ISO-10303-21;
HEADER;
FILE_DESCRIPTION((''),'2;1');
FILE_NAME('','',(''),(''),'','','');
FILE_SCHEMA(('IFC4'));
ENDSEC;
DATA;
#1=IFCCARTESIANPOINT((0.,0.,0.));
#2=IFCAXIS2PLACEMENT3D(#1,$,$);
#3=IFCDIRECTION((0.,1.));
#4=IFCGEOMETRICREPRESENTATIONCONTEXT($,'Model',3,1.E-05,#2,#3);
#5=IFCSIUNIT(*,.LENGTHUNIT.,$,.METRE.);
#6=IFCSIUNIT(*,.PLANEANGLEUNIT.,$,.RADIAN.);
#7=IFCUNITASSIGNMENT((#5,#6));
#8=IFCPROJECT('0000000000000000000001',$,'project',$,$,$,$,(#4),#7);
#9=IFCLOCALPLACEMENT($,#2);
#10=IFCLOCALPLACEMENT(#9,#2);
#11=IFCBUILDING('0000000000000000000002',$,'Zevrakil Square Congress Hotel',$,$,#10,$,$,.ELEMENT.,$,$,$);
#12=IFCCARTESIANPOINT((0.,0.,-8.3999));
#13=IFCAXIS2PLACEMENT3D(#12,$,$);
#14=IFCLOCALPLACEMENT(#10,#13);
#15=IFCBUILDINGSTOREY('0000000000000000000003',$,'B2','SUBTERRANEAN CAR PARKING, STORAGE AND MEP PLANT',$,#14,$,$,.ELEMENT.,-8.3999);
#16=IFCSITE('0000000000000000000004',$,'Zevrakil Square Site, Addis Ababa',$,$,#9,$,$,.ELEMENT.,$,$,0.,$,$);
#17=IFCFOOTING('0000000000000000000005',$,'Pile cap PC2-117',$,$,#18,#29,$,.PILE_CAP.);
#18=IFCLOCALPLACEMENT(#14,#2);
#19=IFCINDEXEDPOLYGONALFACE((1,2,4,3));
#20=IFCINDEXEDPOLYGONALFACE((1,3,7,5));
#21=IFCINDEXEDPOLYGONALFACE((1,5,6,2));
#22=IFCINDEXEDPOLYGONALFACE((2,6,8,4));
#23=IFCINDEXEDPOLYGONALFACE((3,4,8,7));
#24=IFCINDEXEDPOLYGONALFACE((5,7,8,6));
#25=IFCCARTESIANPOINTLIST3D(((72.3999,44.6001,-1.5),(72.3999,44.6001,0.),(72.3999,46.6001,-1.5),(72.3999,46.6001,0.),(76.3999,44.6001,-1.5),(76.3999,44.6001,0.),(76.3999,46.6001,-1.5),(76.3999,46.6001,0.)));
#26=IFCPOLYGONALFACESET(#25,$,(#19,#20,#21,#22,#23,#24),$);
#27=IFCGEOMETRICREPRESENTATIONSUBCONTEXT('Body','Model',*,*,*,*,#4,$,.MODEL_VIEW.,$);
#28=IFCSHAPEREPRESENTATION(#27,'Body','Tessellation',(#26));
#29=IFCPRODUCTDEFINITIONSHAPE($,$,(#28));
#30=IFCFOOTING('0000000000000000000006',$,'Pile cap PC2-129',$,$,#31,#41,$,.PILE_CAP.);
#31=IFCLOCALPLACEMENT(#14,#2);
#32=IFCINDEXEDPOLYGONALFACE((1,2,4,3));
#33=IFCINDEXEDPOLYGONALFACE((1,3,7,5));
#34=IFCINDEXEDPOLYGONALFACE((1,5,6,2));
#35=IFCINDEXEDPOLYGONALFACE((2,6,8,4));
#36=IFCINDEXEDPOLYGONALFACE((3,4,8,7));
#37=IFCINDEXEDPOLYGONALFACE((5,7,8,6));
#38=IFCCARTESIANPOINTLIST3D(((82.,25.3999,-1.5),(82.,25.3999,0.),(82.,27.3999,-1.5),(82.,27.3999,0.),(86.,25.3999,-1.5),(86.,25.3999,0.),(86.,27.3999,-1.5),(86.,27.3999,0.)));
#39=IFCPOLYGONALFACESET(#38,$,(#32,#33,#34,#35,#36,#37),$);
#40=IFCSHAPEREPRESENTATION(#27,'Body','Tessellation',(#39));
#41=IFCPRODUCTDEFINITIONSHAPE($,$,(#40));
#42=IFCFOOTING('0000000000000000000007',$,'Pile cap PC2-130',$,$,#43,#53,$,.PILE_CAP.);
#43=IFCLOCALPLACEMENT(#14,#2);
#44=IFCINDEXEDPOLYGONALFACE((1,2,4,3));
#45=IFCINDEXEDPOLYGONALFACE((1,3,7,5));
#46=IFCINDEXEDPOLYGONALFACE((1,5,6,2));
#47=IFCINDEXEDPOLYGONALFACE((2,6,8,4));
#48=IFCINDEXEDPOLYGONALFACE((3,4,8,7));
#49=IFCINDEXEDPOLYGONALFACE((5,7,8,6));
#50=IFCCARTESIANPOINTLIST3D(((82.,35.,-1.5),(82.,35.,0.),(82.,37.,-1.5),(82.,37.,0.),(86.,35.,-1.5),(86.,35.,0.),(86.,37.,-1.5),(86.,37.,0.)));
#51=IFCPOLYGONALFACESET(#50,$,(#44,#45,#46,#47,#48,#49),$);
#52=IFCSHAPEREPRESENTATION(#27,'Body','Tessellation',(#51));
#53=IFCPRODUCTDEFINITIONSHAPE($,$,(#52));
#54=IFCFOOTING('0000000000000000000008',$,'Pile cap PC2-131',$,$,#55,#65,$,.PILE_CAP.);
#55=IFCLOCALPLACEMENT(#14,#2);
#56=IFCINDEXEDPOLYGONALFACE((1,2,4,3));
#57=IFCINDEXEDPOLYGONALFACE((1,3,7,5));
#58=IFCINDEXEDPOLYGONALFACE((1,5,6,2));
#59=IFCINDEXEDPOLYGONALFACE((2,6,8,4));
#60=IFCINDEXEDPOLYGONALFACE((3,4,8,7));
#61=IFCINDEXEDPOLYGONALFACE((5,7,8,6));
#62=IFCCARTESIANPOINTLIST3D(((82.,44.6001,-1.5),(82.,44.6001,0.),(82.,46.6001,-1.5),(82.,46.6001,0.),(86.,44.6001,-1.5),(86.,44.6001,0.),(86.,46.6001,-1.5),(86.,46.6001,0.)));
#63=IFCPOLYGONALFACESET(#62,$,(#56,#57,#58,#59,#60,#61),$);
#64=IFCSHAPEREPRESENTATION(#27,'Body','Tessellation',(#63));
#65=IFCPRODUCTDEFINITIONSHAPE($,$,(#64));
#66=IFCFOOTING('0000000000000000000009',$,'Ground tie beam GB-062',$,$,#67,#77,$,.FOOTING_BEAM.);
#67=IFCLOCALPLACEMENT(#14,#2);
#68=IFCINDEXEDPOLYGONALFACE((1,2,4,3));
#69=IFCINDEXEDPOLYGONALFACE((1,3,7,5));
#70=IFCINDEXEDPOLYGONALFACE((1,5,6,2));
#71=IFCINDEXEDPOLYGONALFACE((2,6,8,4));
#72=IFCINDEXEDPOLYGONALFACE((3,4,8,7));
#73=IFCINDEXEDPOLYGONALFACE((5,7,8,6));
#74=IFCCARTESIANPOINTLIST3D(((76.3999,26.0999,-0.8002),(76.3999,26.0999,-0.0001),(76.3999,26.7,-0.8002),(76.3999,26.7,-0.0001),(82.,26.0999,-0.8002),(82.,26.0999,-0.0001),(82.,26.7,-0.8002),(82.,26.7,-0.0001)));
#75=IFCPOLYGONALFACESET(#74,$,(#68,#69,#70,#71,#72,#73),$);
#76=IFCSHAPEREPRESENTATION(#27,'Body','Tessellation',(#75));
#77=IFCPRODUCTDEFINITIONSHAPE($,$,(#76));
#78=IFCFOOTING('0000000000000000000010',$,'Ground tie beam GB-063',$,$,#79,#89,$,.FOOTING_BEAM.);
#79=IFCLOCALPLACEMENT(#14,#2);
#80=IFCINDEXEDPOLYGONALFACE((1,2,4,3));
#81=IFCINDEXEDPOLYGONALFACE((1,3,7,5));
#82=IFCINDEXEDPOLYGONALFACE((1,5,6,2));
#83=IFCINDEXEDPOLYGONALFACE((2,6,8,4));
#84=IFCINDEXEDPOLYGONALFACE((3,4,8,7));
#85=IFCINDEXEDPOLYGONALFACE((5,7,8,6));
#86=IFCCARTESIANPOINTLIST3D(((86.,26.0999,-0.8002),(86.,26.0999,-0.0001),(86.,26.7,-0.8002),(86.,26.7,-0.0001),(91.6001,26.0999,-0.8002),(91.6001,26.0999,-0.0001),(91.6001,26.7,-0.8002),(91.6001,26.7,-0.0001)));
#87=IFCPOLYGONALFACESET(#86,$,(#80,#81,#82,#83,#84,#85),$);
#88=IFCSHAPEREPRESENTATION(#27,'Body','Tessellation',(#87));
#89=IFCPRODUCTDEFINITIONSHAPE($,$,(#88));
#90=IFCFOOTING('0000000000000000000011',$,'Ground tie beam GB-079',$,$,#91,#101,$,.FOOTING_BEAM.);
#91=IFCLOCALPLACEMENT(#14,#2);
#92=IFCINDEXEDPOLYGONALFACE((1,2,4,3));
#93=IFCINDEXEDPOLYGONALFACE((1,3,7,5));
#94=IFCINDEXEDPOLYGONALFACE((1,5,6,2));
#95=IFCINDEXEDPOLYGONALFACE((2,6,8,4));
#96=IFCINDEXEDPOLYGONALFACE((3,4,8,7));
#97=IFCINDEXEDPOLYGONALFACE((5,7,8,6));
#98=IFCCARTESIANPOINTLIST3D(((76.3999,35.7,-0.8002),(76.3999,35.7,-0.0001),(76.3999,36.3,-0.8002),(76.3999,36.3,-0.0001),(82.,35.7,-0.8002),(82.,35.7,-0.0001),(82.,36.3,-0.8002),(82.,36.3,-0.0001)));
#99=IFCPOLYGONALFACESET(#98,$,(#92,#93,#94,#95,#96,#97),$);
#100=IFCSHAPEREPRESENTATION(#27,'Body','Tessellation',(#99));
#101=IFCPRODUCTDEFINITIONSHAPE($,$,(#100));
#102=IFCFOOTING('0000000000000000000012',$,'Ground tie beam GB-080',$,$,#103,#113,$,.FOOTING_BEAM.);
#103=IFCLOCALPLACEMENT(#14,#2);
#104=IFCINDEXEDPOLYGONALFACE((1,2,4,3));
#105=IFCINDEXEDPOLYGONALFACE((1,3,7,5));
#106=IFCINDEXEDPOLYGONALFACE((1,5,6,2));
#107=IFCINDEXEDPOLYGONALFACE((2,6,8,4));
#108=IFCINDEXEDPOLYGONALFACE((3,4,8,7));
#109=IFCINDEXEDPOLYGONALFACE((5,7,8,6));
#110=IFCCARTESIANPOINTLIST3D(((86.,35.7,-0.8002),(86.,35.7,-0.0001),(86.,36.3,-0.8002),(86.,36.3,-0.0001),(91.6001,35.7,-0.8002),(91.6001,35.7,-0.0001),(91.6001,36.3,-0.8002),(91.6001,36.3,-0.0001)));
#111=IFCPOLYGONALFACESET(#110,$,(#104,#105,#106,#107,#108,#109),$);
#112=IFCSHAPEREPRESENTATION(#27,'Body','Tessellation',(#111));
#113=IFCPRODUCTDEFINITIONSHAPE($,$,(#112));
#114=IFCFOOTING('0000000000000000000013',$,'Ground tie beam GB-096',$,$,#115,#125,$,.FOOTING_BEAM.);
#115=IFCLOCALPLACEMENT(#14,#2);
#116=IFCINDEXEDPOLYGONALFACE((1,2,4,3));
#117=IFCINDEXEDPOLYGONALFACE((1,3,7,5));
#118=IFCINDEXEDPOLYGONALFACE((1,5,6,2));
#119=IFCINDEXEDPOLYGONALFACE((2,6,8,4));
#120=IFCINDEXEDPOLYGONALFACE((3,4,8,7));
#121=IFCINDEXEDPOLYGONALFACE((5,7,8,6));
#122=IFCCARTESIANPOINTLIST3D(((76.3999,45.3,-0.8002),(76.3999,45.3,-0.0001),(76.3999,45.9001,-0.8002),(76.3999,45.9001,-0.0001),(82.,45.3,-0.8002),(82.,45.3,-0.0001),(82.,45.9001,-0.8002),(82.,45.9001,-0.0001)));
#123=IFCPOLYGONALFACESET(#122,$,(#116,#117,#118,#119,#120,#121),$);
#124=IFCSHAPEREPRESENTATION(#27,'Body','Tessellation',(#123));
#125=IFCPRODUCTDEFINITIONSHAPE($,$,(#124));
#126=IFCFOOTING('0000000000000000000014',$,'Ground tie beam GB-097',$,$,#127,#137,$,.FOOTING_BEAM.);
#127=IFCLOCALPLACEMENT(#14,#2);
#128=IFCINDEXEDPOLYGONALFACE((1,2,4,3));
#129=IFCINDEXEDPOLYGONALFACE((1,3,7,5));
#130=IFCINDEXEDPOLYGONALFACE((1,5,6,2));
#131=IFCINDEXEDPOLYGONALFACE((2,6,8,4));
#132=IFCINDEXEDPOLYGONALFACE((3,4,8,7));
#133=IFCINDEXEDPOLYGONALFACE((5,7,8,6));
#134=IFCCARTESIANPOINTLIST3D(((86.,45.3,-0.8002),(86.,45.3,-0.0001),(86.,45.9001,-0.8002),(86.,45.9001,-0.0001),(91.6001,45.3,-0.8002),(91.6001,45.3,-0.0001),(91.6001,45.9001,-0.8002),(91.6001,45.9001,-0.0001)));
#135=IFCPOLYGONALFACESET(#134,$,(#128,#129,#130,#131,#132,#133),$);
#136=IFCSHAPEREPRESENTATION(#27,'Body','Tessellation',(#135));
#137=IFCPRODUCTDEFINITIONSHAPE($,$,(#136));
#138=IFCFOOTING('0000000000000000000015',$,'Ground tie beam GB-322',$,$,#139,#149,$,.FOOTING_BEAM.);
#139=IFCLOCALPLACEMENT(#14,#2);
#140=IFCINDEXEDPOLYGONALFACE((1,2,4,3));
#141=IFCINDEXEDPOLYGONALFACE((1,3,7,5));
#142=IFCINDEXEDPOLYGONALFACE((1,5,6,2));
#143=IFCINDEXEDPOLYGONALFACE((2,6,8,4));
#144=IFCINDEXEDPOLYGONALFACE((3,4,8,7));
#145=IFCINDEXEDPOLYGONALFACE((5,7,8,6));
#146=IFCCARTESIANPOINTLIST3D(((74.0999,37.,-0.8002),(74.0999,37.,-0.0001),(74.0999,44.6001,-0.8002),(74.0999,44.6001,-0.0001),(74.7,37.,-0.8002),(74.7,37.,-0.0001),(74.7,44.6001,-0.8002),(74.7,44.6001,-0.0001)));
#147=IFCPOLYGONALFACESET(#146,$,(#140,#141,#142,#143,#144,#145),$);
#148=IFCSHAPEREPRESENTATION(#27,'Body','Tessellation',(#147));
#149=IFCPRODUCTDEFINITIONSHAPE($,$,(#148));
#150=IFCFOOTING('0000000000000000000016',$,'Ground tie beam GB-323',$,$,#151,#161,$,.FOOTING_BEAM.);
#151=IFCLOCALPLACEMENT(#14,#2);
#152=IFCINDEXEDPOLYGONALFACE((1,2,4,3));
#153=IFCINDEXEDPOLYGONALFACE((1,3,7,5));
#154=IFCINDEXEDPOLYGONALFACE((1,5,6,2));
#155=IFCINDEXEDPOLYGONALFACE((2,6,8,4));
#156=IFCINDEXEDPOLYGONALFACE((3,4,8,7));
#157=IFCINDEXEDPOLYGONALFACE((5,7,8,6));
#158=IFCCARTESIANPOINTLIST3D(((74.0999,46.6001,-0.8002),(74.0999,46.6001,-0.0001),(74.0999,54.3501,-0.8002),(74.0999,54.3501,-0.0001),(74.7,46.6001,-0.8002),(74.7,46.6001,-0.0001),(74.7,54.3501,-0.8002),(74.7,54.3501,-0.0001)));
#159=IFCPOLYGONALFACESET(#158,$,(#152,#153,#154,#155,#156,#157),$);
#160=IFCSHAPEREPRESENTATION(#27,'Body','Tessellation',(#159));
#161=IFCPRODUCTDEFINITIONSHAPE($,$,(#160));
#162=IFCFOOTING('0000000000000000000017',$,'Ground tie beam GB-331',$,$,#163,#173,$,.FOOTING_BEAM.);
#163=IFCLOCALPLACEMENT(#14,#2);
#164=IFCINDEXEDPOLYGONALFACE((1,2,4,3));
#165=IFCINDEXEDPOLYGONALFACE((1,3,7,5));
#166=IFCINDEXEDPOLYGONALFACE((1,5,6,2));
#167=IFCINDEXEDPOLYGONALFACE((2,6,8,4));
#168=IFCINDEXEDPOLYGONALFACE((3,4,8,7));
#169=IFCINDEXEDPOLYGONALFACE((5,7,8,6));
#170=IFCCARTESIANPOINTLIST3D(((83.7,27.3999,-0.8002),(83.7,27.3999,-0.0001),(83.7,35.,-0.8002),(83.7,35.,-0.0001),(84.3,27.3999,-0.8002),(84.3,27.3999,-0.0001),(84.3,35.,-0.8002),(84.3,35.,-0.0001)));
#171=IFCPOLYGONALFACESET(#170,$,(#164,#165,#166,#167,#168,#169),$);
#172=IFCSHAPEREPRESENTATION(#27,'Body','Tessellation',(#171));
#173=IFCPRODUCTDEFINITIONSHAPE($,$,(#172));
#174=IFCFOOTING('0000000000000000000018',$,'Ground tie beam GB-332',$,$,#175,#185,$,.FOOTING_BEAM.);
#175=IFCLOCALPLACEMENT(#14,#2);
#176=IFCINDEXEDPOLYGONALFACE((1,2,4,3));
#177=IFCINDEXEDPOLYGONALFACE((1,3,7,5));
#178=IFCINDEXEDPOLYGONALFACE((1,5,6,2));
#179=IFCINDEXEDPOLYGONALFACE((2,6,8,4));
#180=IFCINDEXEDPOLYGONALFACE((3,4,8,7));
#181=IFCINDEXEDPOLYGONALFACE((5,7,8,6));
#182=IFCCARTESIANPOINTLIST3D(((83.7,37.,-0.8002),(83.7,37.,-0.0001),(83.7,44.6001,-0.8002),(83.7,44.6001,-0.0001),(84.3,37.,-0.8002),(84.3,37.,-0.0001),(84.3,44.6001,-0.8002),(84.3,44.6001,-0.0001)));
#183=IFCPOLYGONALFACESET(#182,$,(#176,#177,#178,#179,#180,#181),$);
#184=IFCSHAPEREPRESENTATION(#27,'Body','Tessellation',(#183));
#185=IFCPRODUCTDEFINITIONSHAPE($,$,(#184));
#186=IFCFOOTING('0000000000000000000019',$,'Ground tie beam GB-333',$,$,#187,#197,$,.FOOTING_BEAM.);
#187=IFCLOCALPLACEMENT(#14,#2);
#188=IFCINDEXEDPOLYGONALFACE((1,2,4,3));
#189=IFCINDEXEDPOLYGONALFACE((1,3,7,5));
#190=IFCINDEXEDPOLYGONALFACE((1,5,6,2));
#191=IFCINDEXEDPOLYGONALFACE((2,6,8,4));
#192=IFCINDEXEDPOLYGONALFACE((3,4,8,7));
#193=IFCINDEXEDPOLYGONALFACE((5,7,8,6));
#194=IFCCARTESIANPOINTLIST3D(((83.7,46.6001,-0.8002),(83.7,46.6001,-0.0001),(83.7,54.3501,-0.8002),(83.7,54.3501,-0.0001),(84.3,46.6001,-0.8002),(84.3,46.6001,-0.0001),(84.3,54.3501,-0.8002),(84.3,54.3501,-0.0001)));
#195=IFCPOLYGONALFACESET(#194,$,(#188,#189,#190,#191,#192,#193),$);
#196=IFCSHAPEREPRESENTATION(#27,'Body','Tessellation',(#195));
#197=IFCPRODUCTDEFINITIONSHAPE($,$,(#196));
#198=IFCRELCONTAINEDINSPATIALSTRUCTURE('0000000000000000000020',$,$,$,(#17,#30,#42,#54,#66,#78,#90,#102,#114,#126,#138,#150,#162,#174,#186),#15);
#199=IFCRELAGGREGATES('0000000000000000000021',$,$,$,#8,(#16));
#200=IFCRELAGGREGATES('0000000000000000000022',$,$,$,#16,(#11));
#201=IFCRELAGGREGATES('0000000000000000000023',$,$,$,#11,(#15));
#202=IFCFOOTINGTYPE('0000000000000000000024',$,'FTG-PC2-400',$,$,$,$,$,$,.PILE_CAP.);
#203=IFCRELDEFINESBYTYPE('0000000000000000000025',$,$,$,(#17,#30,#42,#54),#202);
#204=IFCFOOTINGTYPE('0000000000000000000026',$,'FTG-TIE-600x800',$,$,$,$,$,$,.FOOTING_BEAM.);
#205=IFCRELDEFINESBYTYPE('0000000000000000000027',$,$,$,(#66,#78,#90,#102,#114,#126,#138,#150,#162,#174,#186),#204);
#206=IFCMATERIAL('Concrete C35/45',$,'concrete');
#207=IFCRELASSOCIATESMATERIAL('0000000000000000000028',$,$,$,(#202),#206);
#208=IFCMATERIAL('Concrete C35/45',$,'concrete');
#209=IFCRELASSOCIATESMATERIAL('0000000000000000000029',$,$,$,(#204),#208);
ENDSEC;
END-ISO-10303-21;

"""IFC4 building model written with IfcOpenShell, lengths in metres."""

from ifc_helpers import new_model, si_unit, direction, frame, origin, origin_2d, place, context, subcontext, project, spatial, rectangle, extrude, material, material_profile, profile_set, type_object, element, save


model = new_model("IFC4")

# Units and contexts
model_context = context("Model", 3, precision=1e-05, world=origin(), true_north=direction((0.0, 1.0)))
body_context = subcontext(model_context, "Body", "Model", "MODEL_VIEW")
ifc_project = project(units=[si_unit("LENGTHUNIT", "METRE"), si_unit("PLANEANGLEUNIT", "RADIAN")], contexts=[model_context])

# Site, building, storey
site_placement = place(None, origin())
site = spatial("IfcSite", under=ifc_project, at=site_placement, Name="Zevrakil Square Site, Addis Ababa", CompositionType="ELEMENT", RefElevation=0.0)
building_placement = place(site_placement, origin())
building = spatial("IfcBuilding", under=site, at=building_placement, Name="Zevrakil Square Congress Hotel", CompositionType="ELEMENT")
storey_placement = place(building_placement, frame((0.0, 0.0, -8.3999)))
storey = spatial("IfcBuildingStorey", under=building, at=storey_placement, Name="B2", Description="SUBTERRANEAN CAR PARKING, STORAGE AND MEP PLANT", CompositionType="ELEMENT", Elevation=-8.3999)

# Footings
ifc_material_1 = material(Name="Concrete C35/45", Category="concrete")
footing_type_1 = type_object("IfcFootingType", Name="FTG-PC2-400", PredefinedType="PILE_CAP", material=ifc_material_1)
for number, where, z_axis, x_axis, name in (
    (1, (74.3999, 45.6001, -1.5), (0.0, 0.0, 1.0), (1.0, 0.0, 0.0), "Pile cap PC2-117"),
    (2, (84.0, 26.3999, -1.5), (0.0, 0.0, 1.0), (1.0, 0.0, 0.0), "Pile cap PC2-129"),
    (3, (84.0, 36.0, -1.5), (0.0, 0.0, 1.0), (1.0, 0.0, 0.0), "Pile cap PC2-130"),
    (4, (84.0, 45.6001, -1.5), (0.0, 0.0, 1.0), (1.0, 0.0, 0.0), "Pile cap PC2-131"),
):
    element("IfcFooting", number, at=place(storey_placement, frame(where, z_axis=z_axis, x_axis=x_axis)), inside=storey, type_object=footing_type_1, Name=name, PredefinedType="PILE_CAP", context=body_context, shape_type="SweptSolid", body=[
        extrude(rectangle(XDim=4.0, YDim=2.0, at=origin_2d()), origin(), (0.0, 0.0, 1.0), 1.5),
    ])
ifc_material_2 = material(Name="Concrete C35/45", Category="concrete")
ifc_material_profile_1 = material_profile(ifc_material_2, rectangle(XDim=0.6001, YDim=0.8, at=origin_2d()), Name="RC 600x800")
ifc_profile_set_1 = profile_set([ifc_material_profile_1], Name="Concrete C35/45")
footing_type_2 = type_object("IfcFootingType", Name="FTG-TIE-600x800", PredefinedType="FOOTING_BEAM", material=ifc_profile_set_1)
for number, where, z_axis, x_axis, name in (
    (5, (76.3999, 26.3999, -0.4001), (1.0, 0.0, 0.0), (0.0, 1.0, 0.0), "Ground tie beam GB-062"),
    (6, (86.0, 26.3999, -0.4001), (1.0, 0.0, 0.0), (0.0, 1.0, 0.0), "Ground tie beam GB-063"),
    (7, (76.3999, 36.0, -0.4001), (1.0, 0.0, 0.0), (0.0, 1.0, 0.0), "Ground tie beam GB-079"),
    (8, (86.0, 36.0, -0.4001), (1.0, 0.0, 0.0), (0.0, 1.0, 0.0), "Ground tie beam GB-080"),
    (9, (76.3999, 45.6001, -0.4001), (1.0, 0.0, 0.0), (0.0, 1.0, 0.0), "Ground tie beam GB-096"),
    (10, (86.0, 45.6001, -0.4001), (1.0, 0.0, 0.0), (0.0, 1.0, 0.0), "Ground tie beam GB-097"),
):
    element("IfcFooting", number, at=place(storey_placement, frame(where, z_axis=z_axis, x_axis=x_axis)), inside=storey, type_object=footing_type_2, Name=name, PredefinedType="FOOTING_BEAM", context=body_context, shape_type="SweptSolid", body=[
        extrude(rectangle(XDim=0.6001, YDim=0.8, at=origin_2d()), origin(), (0.0, 0.0, 1.0), 5.6001),
    ])
footing_1_placement = place(storey_placement, frame((74.3999, 37.0, -0.4001), z_axis=(0.0, 1.0, 0.0), x_axis=(-1.0, 0.0, 0.0)))
element("IfcFooting", 11, at=footing_1_placement, inside=storey, type_object=footing_type_2, Name="Ground tie beam GB-322", PredefinedType="FOOTING_BEAM", context=body_context, shape_type="SweptSolid", body=[
    extrude(rectangle(XDim=0.6001, YDim=0.8, at=origin_2d()), origin(), (0.0, 0.0, 1.0), 7.6001),
])
footing_2_placement = place(storey_placement, frame((74.3999, 46.6001, -0.4001), z_axis=(0.0, 1.0, 0.0), x_axis=(-1.0, 0.0, 0.0)))
element("IfcFooting", 12, at=footing_2_placement, inside=storey, type_object=footing_type_2, Name="Ground tie beam GB-323", PredefinedType="FOOTING_BEAM", context=body_context, shape_type="SweptSolid", body=[
    extrude(rectangle(XDim=0.6001, YDim=0.8, at=origin_2d()), origin(), (0.0, 0.0, 1.0), 7.75),
])
for number, where, z_axis, x_axis, name in (
    (13, (84.0, 27.3999, -0.4001), (0.0, 1.0, 0.0), (-1.0, 0.0, 0.0), "Ground tie beam GB-331"),
    (14, (84.0, 37.0, -0.4001), (0.0, 1.0, 0.0), (-1.0, 0.0, 0.0), "Ground tie beam GB-332"),
):
    element("IfcFooting", number, at=place(storey_placement, frame(where, z_axis=z_axis, x_axis=x_axis)), inside=storey, type_object=footing_type_2, Name=name, PredefinedType="FOOTING_BEAM", context=body_context, shape_type="SweptSolid", body=[
        extrude(rectangle(XDim=0.6001, YDim=0.8, at=origin_2d()), origin(), (0.0, 0.0, 1.0), 7.6001),
    ])
footing_3_placement = place(storey_placement, frame((84.0, 46.6001, -0.4001), z_axis=(0.0, 1.0, 0.0), x_axis=(-1.0, 0.0, 0.0)))
element("IfcFooting", 15, at=footing_3_placement, inside=storey, type_object=footing_type_2, Name="Ground tie beam GB-333", PredefinedType="FOOTING_BEAM", context=body_context, shape_type="SweptSolid", body=[
    extrude(rectangle(XDim=0.6001, YDim=0.8, at=origin_2d()), origin(), (0.0, 0.0, 1.0), 7.75),
])

save(model, "model.ifc")
